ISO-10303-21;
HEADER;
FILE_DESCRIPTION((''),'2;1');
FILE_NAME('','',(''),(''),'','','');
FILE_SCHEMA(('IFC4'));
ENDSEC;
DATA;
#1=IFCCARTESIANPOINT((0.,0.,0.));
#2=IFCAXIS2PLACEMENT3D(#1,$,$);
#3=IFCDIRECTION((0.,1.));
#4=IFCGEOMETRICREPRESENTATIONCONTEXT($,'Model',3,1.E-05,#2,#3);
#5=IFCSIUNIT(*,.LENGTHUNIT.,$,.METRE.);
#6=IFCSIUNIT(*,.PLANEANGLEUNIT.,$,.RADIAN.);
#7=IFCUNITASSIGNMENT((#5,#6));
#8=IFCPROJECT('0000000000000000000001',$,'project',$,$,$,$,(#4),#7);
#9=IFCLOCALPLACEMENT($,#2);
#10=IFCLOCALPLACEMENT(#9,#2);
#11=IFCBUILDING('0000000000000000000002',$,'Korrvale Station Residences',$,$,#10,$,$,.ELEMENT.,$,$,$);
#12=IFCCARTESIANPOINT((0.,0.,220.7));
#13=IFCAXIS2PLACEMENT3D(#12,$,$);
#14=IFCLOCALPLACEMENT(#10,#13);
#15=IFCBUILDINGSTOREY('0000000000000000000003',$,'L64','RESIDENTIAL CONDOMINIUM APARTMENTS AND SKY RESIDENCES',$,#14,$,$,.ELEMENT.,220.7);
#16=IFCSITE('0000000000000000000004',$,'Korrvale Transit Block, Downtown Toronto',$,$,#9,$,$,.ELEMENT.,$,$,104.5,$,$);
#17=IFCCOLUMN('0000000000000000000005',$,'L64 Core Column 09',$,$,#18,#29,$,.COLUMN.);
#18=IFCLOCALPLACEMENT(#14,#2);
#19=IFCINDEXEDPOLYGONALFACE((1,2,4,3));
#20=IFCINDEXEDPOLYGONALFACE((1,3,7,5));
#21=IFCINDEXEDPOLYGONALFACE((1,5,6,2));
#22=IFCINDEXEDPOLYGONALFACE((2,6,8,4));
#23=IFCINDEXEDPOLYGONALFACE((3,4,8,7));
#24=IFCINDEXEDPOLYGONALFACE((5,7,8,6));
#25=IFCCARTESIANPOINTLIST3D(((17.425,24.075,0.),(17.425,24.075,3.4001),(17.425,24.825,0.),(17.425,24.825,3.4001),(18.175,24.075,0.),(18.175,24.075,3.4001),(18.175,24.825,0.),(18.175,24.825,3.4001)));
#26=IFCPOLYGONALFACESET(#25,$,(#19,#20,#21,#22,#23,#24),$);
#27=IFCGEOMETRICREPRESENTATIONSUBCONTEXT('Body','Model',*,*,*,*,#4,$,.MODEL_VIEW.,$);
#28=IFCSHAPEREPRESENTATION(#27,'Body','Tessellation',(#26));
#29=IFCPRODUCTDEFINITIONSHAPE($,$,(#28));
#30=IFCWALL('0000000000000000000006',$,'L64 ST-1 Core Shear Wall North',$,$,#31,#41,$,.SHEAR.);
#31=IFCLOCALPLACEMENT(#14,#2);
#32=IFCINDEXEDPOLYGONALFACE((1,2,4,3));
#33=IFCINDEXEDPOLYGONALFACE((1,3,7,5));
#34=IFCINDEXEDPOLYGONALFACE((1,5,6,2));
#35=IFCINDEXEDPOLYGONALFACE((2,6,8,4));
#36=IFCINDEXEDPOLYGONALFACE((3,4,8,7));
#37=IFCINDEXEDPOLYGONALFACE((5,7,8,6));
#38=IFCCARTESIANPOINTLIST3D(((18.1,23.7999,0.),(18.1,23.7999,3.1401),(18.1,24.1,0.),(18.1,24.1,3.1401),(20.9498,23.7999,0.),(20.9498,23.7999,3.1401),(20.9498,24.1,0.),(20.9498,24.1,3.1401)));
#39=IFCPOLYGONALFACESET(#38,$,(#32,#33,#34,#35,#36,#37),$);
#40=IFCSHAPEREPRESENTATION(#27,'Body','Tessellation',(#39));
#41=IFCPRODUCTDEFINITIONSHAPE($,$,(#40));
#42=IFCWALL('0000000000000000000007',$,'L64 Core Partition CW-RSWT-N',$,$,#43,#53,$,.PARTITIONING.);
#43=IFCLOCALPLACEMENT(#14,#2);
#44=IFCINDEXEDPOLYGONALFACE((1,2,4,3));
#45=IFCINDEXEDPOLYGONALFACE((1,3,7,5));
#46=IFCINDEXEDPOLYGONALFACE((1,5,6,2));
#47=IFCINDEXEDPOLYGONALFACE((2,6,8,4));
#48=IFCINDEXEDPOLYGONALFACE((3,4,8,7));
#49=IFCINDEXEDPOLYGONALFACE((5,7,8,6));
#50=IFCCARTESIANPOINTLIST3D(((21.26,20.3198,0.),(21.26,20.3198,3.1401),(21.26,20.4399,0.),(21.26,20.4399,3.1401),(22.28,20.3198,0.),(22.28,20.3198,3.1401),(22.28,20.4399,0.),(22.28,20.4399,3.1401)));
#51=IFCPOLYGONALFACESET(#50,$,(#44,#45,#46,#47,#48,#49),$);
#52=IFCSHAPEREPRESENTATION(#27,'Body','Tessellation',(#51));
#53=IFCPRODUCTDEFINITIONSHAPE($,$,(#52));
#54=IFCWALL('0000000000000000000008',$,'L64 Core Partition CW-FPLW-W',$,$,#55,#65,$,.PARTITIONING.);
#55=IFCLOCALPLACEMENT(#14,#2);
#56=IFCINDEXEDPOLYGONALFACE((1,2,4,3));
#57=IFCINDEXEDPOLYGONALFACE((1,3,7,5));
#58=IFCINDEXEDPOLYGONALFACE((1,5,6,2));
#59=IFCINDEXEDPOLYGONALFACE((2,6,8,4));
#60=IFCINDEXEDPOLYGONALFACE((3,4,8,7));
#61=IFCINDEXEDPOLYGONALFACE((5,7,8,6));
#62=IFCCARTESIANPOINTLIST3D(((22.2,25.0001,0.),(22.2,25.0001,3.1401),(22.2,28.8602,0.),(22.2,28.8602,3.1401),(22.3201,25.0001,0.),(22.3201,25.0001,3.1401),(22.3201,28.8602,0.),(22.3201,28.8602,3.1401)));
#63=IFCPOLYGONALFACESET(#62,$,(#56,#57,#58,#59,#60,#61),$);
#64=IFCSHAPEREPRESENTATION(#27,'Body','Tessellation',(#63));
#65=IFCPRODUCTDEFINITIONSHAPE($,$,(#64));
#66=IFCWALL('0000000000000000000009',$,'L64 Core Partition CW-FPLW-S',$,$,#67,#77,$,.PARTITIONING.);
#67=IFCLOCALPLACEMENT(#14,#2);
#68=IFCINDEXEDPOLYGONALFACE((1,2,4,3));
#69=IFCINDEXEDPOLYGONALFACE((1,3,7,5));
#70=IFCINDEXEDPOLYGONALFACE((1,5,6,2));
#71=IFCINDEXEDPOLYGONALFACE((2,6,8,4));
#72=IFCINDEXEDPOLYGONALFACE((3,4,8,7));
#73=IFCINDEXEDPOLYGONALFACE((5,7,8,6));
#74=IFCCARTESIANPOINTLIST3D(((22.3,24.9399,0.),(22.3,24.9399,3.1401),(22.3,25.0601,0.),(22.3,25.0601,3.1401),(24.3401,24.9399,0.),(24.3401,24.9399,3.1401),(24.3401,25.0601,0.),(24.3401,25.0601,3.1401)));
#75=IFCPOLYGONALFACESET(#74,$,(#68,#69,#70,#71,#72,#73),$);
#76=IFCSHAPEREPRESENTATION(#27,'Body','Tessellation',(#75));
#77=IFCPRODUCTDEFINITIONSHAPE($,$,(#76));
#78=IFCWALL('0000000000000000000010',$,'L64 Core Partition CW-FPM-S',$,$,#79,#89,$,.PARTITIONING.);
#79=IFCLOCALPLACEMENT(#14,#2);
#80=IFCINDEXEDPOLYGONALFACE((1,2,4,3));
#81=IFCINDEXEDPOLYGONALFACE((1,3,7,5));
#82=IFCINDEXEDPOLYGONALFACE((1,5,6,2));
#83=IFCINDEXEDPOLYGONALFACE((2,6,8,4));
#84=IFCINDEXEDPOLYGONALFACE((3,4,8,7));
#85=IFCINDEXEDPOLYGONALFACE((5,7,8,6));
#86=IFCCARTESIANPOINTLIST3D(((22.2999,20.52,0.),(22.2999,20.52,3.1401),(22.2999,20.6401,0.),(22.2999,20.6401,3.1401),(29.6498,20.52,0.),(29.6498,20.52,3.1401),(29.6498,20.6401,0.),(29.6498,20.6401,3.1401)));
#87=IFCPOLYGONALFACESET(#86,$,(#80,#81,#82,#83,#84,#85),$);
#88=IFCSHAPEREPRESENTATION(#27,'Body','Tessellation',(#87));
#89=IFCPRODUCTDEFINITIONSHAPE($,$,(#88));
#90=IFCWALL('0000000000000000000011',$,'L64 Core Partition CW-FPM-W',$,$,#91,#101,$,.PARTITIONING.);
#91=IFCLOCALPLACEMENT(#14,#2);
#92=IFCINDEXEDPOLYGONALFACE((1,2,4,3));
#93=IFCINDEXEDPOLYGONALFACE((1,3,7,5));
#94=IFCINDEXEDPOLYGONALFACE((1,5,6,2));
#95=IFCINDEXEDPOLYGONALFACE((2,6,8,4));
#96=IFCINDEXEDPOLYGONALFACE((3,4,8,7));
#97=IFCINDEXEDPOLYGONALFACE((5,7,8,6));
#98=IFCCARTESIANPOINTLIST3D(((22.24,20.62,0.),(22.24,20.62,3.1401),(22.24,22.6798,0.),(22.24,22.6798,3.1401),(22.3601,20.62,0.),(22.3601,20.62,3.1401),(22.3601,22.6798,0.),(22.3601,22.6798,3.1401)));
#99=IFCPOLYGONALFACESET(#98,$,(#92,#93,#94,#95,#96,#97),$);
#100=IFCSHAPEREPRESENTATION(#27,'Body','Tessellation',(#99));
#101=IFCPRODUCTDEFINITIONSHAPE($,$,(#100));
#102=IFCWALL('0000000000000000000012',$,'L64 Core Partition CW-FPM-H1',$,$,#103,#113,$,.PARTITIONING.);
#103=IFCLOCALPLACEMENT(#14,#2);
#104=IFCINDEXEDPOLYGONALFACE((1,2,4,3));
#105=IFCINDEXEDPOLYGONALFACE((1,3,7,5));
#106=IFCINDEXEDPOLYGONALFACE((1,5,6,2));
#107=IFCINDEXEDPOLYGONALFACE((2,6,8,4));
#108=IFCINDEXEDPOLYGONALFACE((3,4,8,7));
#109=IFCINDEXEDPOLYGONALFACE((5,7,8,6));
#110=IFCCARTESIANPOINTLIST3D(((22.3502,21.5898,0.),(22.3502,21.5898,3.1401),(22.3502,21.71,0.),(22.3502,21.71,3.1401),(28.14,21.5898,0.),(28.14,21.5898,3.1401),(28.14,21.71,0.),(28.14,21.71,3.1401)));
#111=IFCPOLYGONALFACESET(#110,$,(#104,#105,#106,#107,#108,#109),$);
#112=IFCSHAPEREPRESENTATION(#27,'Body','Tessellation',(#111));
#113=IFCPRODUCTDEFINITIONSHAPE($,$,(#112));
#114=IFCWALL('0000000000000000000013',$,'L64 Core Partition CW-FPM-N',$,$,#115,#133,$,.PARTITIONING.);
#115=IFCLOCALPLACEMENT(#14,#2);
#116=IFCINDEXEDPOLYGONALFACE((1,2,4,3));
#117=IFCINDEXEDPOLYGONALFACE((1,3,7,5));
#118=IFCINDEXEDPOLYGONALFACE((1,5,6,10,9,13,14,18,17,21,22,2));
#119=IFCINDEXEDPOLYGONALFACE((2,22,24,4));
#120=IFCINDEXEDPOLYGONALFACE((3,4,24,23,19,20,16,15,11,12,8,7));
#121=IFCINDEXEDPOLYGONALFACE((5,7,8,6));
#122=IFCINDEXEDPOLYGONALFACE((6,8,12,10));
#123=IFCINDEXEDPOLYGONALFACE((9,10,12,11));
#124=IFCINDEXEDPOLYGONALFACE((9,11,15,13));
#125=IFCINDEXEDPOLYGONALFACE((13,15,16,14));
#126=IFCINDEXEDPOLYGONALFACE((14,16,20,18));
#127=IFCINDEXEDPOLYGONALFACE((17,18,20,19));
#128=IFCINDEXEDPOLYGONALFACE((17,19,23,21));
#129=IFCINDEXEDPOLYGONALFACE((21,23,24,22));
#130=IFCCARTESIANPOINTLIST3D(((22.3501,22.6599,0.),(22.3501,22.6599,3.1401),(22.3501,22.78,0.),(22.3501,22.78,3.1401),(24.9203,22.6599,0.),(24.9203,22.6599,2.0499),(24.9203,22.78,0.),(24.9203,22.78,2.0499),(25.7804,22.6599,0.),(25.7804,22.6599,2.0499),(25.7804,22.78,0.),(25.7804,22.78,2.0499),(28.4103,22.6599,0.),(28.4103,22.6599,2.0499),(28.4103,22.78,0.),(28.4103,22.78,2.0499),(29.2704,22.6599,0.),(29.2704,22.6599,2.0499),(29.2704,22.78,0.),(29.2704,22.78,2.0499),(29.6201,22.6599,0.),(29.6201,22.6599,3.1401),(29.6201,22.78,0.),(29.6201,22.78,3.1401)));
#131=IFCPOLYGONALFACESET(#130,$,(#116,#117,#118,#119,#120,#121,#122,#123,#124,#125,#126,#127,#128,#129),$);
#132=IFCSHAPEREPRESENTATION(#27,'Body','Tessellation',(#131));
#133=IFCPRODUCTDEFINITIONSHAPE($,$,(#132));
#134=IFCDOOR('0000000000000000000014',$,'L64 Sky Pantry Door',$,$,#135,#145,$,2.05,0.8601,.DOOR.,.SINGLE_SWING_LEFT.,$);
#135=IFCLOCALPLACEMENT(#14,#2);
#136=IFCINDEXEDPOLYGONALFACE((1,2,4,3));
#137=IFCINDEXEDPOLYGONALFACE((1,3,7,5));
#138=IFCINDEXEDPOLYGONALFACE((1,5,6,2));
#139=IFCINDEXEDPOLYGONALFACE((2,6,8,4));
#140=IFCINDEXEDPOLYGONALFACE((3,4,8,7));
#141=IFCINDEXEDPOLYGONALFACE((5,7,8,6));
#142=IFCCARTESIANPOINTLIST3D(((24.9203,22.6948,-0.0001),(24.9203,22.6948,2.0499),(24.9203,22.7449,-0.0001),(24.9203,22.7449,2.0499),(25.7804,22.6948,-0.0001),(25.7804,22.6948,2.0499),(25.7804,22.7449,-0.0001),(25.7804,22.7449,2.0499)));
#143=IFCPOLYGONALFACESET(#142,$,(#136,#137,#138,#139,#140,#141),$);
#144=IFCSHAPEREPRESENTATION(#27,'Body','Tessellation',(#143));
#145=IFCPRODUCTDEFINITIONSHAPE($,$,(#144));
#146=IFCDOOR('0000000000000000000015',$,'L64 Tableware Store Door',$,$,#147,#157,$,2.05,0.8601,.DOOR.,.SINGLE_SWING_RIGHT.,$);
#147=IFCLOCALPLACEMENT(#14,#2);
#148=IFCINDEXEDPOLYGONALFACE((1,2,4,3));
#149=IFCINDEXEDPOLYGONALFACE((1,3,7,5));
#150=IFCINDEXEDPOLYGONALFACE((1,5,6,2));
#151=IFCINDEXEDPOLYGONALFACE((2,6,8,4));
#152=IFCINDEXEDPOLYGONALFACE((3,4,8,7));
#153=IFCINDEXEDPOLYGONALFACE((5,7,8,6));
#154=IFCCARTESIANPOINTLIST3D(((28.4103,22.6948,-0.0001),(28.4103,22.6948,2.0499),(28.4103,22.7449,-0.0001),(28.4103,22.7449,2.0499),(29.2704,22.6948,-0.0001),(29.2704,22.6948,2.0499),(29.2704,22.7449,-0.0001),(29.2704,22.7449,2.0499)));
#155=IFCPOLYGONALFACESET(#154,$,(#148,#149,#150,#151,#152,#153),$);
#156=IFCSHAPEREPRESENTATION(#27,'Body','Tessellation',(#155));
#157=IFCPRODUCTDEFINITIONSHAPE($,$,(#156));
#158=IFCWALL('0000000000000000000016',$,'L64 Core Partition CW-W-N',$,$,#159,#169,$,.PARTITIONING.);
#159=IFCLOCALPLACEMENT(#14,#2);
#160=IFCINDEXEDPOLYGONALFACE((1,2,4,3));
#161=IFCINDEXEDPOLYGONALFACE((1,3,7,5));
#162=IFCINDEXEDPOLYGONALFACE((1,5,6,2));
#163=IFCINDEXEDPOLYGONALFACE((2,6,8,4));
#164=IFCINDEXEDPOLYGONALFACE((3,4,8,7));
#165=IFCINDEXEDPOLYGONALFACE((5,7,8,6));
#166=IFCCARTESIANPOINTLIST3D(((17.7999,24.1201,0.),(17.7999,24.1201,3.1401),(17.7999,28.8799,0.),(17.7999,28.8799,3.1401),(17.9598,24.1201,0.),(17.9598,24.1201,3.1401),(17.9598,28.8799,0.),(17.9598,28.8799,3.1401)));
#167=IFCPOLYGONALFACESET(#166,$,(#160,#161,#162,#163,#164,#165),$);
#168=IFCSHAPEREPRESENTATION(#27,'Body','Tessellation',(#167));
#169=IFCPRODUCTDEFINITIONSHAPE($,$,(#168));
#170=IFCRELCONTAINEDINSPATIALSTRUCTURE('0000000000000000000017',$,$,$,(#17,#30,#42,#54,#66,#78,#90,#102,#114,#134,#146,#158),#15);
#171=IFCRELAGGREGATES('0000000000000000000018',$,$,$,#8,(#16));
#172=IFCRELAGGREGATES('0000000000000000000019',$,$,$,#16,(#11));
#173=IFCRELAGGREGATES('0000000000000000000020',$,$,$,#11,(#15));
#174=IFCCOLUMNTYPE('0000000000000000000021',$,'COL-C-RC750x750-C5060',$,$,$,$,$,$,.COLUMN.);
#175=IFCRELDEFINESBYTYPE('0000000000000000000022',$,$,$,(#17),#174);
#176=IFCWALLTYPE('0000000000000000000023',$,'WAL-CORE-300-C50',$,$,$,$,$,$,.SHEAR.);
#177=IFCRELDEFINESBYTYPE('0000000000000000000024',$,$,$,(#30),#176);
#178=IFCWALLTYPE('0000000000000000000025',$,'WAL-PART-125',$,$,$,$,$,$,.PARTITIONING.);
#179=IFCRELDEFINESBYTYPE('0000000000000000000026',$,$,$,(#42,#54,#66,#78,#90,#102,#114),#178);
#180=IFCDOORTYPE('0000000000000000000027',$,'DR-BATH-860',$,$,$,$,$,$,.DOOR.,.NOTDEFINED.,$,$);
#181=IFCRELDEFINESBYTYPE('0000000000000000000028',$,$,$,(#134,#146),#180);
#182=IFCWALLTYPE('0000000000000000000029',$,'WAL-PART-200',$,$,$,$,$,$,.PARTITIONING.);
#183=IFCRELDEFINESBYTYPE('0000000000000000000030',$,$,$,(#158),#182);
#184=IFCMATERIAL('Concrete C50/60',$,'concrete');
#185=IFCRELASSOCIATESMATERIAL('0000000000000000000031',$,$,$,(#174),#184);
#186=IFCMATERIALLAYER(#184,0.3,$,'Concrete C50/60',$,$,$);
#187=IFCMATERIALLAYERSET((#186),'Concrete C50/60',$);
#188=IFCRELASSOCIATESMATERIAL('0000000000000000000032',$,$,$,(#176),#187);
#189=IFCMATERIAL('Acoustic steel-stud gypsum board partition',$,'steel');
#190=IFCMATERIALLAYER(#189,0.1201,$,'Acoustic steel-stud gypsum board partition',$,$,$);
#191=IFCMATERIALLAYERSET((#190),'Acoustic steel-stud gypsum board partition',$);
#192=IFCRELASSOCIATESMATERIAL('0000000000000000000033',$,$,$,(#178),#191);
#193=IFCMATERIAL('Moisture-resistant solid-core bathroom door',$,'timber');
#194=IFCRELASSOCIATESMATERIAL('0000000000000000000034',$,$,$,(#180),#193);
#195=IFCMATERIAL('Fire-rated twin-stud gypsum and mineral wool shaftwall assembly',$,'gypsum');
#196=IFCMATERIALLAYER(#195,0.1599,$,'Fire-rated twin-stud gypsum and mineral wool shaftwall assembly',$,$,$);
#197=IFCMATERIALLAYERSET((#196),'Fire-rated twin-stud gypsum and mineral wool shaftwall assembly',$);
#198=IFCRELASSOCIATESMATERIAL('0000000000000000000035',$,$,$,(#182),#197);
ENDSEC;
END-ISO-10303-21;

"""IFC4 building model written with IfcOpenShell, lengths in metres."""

from ifc_helpers import new_model, si_unit, direction, frame, frame_2d, origin, origin_2d, place, context, subcontext, project, spatial, rectangle, extrude, material, layer, layer_set, material_profile, profile_set, type_object, element, fill, save


model = new_model("IFC4")

# Units and contexts
model_context = context("Model", 3, precision=1e-05, world=origin(), true_north=direction((0.0, 1.0)))
body_context = subcontext(model_context, "Body", "Model", "MODEL_VIEW")
ifc_project = project(units=[si_unit("LENGTHUNIT", "METRE"), si_unit("PLANEANGLEUNIT", "RADIAN")], contexts=[model_context])

# Site, building, storey
site_placement = place(None, origin())
site = spatial("IfcSite", under=ifc_project, at=site_placement, Name="Korrvale Transit Block, Downtown Toronto", CompositionType="ELEMENT", RefElevation=104.5)
building_placement = place(site_placement, origin())
building = spatial("IfcBuilding", under=site, at=building_placement, Name="Korrvale Station Residences", CompositionType="ELEMENT")
storey_placement = place(building_placement, frame((0.0, 0.0, 220.7)))
storey = spatial("IfcBuildingStorey", under=building, at=storey_placement, Name="L64", Description="RESIDENTIAL CONDOMINIUM APARTMENTS AND SKY RESIDENCES", CompositionType="ELEMENT", Elevation=220.7)

# Column
ifc_material_1 = material(Name="Concrete C50/60", Category="concrete")
ifc_material_profile = material_profile(ifc_material_1, rectangle(XDim=0.75, YDim=0.75, at=origin_2d()), Name="RC750x750")
ifc_profile_set = profile_set([ifc_material_profile], Name="Concrete C50/60")
column_type = type_object("IfcColumnType", Name="COL-C-RC750x750-C5060", PredefinedType="COLUMN", material=ifc_profile_set)
column_placement = place(storey_placement, frame((17.8, 24.45, 0.0), z_axis=(0.0, 0.0, 1.0), x_axis=(1.0, 0.0, 0.0)))
element("IfcColumn", 1, at=column_placement, inside=storey, type_object=column_type, Name="L64 Core Column 09", PredefinedType="COLUMN", context=body_context, shape_type="SweptSolid", body=[
    extrude(rectangle(XDim=0.75, YDim=0.75, at=origin_2d()), origin(), (0.0, 0.0, 1.0), 3.4001),
])

# Walls
ifc_layer_1 = layer(ifc_material_1, 0.3, Name="Concrete C50/60")
ifc_layer_set_1 = layer_set([ifc_layer_1], Name="Concrete C50/60")
wall_type_1 = type_object("IfcWallType", Name="WAL-CORE-300-C50", PredefinedType="SHEAR", material=ifc_layer_set_1)
wall_1_placement = place(storey_placement, frame((18.1001, 23.95, 0.0), z_axis=(0.0, 0.0, 1.0), x_axis=(1.0, 0.0, 0.0)))
element("IfcWall", 2, at=wall_1_placement, inside=storey, type_object=wall_type_1, Name="L64 ST-1 Core Shear Wall North", PredefinedType="SHEAR", context=body_context, shape_type="SweptSolid", body=[
    extrude(rectangle(XDim=2.8499, YDim=0.3, at=frame_2d((1.4248, 0.0))), origin(), (0.0, 0.0, 1.0), 3.1401),
])
ifc_material_2 = material(Name="Acoustic steel-stud gypsum board partition", Category="steel")
ifc_layer_2 = layer(ifc_material_2, 0.1201, Name="Acoustic steel-stud gypsum board partition")
ifc_layer_set_2 = layer_set([ifc_layer_2], Name="Acoustic steel-stud gypsum board partition")
wall_type_2 = type_object("IfcWallType", Name="WAL-PART-125", PredefinedType="PARTITIONING", material=ifc_layer_set_2)
wall_2_placement = place(storey_placement, frame((22.28, 20.3799, 0.0), z_axis=(0.0, 0.0, 1.0), x_axis=(-1.0, 0.0, 0.0)))
element("IfcWall", 3, at=wall_2_placement, inside=storey, type_object=wall_type_2, Name="L64 Core Partition CW-RSWT-N", PredefinedType="PARTITIONING", context=body_context, shape_type="SweptSolid", body=[
    extrude(rectangle(XDim=1.02, YDim=0.1201, at=frame_2d((0.51, 0.0))), origin(), (0.0, 0.0, 1.0), 3.1401),
])
wall_3_placement = place(storey_placement, frame((22.26, 25.0, 0.0), z_axis=(0.0, 0.0, 1.0), x_axis=(0.0, 1.0, 0.0)))
element("IfcWall", 4, at=wall_3_placement, inside=storey, type_object=wall_type_2, Name="L64 Core Partition CW-FPLW-W", PredefinedType="PARTITIONING", context=body_context, shape_type="SweptSolid", body=[
    extrude(rectangle(XDim=3.8601, YDim=0.1201, at=frame_2d((1.9302, 0.0))), origin(), (0.0, 0.0, 1.0), 3.1401),
])
wall_4_placement = place(storey_placement, frame((22.3, 25.0, 0.0), z_axis=(0.0, 0.0, 1.0), x_axis=(1.0, 0.0, 0.0)))
element("IfcWall", 5, at=wall_4_placement, inside=storey, type_object=wall_type_2, Name="L64 Core Partition CW-FPLW-S", PredefinedType="PARTITIONING", context=body_context, shape_type="SweptSolid", body=[
    extrude(rectangle(XDim=2.04, YDim=0.1201, at=frame_2d((1.02, 0.0))), origin(), (0.0, 0.0, 1.0), 3.1401),
])
wall_5_placement = place(storey_placement, frame((22.3, 20.5801, 0.0), z_axis=(0.0, 0.0, 1.0), x_axis=(1.0, 0.0, 0.0)))
element("IfcWall", 6, at=wall_5_placement, inside=storey, type_object=wall_type_2, Name="L64 Core Partition CW-FPM-S", PredefinedType="PARTITIONING", context=body_context, shape_type="SweptSolid", body=[
    extrude(rectangle(XDim=7.3499, YDim=0.1201, at=frame_2d((3.6748, 0.0))), origin(), (0.0, 0.0, 1.0), 3.1401),
])
wall_6_placement = place(storey_placement, frame((22.3, 20.6201, 0.0), z_axis=(0.0, 0.0, 1.0), x_axis=(0.0, 1.0, 0.0)))
element("IfcWall", 7, at=wall_6_placement, inside=storey, type_object=wall_type_2, Name="L64 Core Partition CW-FPM-W", PredefinedType="PARTITIONING", context=body_context, shape_type="SweptSolid", body=[
    extrude(rectangle(XDim=2.0598, YDim=0.1201, at=frame_2d((1.0298, 0.0))), origin(), (0.0, 0.0, 1.0), 3.1401),
])
wall_7_placement = place(storey_placement, frame((22.3501, 21.6499, 0.0), z_axis=(0.0, 0.0, 1.0), x_axis=(1.0, 0.0, 0.0)))
element("IfcWall", 8, at=wall_7_placement, inside=storey, type_object=wall_type_2, Name="L64 Core Partition CW-FPM-H1", PredefinedType="PARTITIONING", context=body_context, shape_type="SweptSolid", body=[
    extrude(rectangle(XDim=5.7898, YDim=0.1201, at=frame_2d((2.895, 0.0))), origin(), (0.0, 0.0, 1.0), 3.1401),
])

# Wall, openings, doors
wall_8_placement = place(storey_placement, frame((22.3501, 22.72, 0.0), z_axis=(0.0, 0.0, 1.0), x_axis=(1.0, 0.0, 0.0)))
wall_8 = element("IfcWall", 9, at=wall_8_placement, inside=storey, type_object=wall_type_2, Name="L64 Core Partition CW-FPM-N", PredefinedType="PARTITIONING", context=body_context, shape_type="SweptSolid", body=[
    extrude(rectangle(XDim=7.27, YDim=0.1201, at=frame_2d((3.635, 0.0))), origin(), (0.0, 0.0, 1.0), 3.1401),
])
opening_1_placement = place(wall_8_placement, frame((2.5701, 0.0, 0.0)))
opening_1 = element("IfcOpeningElement", 10, at=opening_1_placement, cuts=wall_8, PredefinedType="OPENING", context=body_context, shape_type="SweptSolid", body=[
    extrude(rectangle(XDim=0.8601, YDim=2.05, at=frame_2d((0.4302, 1.0249))), frame((0.0, 0.0701, 0.0), z_axis=(0.0, -1.0, 0.0), x_axis=(1.0, 0.0, 0.0)), (0.0, 0.0, 1.0), 0.1401),
])
opening_2_placement = place(wall_8_placement, frame((6.0601, 0.0, 0.0)))
opening_2 = element("IfcOpeningElement", 11, at=opening_2_placement, cuts=wall_8, PredefinedType="OPENING", context=body_context, shape_type="SweptSolid", body=[
    extrude(rectangle(XDim=0.8601, YDim=2.05, at=frame_2d((0.4302, 1.0249))), frame((0.0, 0.0701, 0.0), z_axis=(0.0, -1.0, 0.0), x_axis=(1.0, 0.0, 0.0)), (0.0, 0.0, 1.0), 0.1401),
])
ifc_material_3 = material(Name="Moisture-resistant solid-core bathroom door", Category="timber")
door_type_1 = type_object("IfcDoorType", Name="DR-BATH-860", OperationType="NOTDEFINED", PredefinedType="DOOR", material=ifc_material_3)
door_1_placement = place(opening_1_placement, origin())
door_1 = element("IfcDoor", 12, at=door_1_placement, inside=storey, type_object=door_type_1, Name="L64 Sky Pantry Door", OperationType="SINGLE_SWING_LEFT", OverallHeight=2.05, OverallWidth=0.8601, PredefinedType="DOOR", context=body_context, shape_type="SweptSolid", body=[
    extrude(rectangle(XDim=0.8601, YDim=2.05, at=frame_2d((0.4302, 1.0249))), frame((0.0, 0.0249, 0.0), z_axis=(0.0, -1.0, 0.0), x_axis=(1.0, 0.0, 0.0)), (0.0, 0.0, 1.0), 0.05),
])
fill(opening_1, door_1)
door_2_placement = place(opening_2_placement, origin())
door_2 = element("IfcDoor", 13, at=door_2_placement, inside=storey, type_object=door_type_1, Name="L64 Tableware Store Door", OperationType="SINGLE_SWING_RIGHT", OverallHeight=2.05, OverallWidth=0.8601, PredefinedType="DOOR", context=body_context, shape_type="SweptSolid", body=[
    extrude(rectangle(XDim=0.8601, YDim=2.05, at=frame_2d((0.4302, 1.0249))), frame((0.0, 0.0249, 0.0), z_axis=(0.0, -1.0, 0.0), x_axis=(1.0, 0.0, 0.0)), (0.0, 0.0, 1.0), 0.05),
])
fill(opening_2, door_2)

# Wall
ifc_material_4 = material(Name="Fire-rated twin-stud gypsum and mineral wool shaftwall assembly", Category="gypsum")
ifc_layer_3 = layer(ifc_material_4, 0.1599, Name="Fire-rated twin-stud gypsum and mineral wool shaftwall assembly")
ifc_layer_set_3 = layer_set([ifc_layer_3], Name="Fire-rated twin-stud gypsum and mineral wool shaftwall assembly")
wall_type_3 = type_object("IfcWallType", Name="WAL-PART-200", PredefinedType="PARTITIONING", material=ifc_layer_set_3)
wall_9_placement = place(storey_placement, frame((17.8799, 24.1201, 0.0), z_axis=(0.0, 0.0, 1.0), x_axis=(0.0, 1.0, 0.0)))
element("IfcWall", 14, at=wall_9_placement, inside=storey, type_object=wall_type_3, Name="L64 Core Partition CW-W-N", PredefinedType="PARTITIONING", context=body_context, shape_type="SweptSolid", body=[
    extrude(rectangle(XDim=4.7598, YDim=0.1599, at=frame_2d((2.3799, 0.0))), origin(), (0.0, 0.0, 1.0), 3.1401),
])

save(model, "model.ifc")
